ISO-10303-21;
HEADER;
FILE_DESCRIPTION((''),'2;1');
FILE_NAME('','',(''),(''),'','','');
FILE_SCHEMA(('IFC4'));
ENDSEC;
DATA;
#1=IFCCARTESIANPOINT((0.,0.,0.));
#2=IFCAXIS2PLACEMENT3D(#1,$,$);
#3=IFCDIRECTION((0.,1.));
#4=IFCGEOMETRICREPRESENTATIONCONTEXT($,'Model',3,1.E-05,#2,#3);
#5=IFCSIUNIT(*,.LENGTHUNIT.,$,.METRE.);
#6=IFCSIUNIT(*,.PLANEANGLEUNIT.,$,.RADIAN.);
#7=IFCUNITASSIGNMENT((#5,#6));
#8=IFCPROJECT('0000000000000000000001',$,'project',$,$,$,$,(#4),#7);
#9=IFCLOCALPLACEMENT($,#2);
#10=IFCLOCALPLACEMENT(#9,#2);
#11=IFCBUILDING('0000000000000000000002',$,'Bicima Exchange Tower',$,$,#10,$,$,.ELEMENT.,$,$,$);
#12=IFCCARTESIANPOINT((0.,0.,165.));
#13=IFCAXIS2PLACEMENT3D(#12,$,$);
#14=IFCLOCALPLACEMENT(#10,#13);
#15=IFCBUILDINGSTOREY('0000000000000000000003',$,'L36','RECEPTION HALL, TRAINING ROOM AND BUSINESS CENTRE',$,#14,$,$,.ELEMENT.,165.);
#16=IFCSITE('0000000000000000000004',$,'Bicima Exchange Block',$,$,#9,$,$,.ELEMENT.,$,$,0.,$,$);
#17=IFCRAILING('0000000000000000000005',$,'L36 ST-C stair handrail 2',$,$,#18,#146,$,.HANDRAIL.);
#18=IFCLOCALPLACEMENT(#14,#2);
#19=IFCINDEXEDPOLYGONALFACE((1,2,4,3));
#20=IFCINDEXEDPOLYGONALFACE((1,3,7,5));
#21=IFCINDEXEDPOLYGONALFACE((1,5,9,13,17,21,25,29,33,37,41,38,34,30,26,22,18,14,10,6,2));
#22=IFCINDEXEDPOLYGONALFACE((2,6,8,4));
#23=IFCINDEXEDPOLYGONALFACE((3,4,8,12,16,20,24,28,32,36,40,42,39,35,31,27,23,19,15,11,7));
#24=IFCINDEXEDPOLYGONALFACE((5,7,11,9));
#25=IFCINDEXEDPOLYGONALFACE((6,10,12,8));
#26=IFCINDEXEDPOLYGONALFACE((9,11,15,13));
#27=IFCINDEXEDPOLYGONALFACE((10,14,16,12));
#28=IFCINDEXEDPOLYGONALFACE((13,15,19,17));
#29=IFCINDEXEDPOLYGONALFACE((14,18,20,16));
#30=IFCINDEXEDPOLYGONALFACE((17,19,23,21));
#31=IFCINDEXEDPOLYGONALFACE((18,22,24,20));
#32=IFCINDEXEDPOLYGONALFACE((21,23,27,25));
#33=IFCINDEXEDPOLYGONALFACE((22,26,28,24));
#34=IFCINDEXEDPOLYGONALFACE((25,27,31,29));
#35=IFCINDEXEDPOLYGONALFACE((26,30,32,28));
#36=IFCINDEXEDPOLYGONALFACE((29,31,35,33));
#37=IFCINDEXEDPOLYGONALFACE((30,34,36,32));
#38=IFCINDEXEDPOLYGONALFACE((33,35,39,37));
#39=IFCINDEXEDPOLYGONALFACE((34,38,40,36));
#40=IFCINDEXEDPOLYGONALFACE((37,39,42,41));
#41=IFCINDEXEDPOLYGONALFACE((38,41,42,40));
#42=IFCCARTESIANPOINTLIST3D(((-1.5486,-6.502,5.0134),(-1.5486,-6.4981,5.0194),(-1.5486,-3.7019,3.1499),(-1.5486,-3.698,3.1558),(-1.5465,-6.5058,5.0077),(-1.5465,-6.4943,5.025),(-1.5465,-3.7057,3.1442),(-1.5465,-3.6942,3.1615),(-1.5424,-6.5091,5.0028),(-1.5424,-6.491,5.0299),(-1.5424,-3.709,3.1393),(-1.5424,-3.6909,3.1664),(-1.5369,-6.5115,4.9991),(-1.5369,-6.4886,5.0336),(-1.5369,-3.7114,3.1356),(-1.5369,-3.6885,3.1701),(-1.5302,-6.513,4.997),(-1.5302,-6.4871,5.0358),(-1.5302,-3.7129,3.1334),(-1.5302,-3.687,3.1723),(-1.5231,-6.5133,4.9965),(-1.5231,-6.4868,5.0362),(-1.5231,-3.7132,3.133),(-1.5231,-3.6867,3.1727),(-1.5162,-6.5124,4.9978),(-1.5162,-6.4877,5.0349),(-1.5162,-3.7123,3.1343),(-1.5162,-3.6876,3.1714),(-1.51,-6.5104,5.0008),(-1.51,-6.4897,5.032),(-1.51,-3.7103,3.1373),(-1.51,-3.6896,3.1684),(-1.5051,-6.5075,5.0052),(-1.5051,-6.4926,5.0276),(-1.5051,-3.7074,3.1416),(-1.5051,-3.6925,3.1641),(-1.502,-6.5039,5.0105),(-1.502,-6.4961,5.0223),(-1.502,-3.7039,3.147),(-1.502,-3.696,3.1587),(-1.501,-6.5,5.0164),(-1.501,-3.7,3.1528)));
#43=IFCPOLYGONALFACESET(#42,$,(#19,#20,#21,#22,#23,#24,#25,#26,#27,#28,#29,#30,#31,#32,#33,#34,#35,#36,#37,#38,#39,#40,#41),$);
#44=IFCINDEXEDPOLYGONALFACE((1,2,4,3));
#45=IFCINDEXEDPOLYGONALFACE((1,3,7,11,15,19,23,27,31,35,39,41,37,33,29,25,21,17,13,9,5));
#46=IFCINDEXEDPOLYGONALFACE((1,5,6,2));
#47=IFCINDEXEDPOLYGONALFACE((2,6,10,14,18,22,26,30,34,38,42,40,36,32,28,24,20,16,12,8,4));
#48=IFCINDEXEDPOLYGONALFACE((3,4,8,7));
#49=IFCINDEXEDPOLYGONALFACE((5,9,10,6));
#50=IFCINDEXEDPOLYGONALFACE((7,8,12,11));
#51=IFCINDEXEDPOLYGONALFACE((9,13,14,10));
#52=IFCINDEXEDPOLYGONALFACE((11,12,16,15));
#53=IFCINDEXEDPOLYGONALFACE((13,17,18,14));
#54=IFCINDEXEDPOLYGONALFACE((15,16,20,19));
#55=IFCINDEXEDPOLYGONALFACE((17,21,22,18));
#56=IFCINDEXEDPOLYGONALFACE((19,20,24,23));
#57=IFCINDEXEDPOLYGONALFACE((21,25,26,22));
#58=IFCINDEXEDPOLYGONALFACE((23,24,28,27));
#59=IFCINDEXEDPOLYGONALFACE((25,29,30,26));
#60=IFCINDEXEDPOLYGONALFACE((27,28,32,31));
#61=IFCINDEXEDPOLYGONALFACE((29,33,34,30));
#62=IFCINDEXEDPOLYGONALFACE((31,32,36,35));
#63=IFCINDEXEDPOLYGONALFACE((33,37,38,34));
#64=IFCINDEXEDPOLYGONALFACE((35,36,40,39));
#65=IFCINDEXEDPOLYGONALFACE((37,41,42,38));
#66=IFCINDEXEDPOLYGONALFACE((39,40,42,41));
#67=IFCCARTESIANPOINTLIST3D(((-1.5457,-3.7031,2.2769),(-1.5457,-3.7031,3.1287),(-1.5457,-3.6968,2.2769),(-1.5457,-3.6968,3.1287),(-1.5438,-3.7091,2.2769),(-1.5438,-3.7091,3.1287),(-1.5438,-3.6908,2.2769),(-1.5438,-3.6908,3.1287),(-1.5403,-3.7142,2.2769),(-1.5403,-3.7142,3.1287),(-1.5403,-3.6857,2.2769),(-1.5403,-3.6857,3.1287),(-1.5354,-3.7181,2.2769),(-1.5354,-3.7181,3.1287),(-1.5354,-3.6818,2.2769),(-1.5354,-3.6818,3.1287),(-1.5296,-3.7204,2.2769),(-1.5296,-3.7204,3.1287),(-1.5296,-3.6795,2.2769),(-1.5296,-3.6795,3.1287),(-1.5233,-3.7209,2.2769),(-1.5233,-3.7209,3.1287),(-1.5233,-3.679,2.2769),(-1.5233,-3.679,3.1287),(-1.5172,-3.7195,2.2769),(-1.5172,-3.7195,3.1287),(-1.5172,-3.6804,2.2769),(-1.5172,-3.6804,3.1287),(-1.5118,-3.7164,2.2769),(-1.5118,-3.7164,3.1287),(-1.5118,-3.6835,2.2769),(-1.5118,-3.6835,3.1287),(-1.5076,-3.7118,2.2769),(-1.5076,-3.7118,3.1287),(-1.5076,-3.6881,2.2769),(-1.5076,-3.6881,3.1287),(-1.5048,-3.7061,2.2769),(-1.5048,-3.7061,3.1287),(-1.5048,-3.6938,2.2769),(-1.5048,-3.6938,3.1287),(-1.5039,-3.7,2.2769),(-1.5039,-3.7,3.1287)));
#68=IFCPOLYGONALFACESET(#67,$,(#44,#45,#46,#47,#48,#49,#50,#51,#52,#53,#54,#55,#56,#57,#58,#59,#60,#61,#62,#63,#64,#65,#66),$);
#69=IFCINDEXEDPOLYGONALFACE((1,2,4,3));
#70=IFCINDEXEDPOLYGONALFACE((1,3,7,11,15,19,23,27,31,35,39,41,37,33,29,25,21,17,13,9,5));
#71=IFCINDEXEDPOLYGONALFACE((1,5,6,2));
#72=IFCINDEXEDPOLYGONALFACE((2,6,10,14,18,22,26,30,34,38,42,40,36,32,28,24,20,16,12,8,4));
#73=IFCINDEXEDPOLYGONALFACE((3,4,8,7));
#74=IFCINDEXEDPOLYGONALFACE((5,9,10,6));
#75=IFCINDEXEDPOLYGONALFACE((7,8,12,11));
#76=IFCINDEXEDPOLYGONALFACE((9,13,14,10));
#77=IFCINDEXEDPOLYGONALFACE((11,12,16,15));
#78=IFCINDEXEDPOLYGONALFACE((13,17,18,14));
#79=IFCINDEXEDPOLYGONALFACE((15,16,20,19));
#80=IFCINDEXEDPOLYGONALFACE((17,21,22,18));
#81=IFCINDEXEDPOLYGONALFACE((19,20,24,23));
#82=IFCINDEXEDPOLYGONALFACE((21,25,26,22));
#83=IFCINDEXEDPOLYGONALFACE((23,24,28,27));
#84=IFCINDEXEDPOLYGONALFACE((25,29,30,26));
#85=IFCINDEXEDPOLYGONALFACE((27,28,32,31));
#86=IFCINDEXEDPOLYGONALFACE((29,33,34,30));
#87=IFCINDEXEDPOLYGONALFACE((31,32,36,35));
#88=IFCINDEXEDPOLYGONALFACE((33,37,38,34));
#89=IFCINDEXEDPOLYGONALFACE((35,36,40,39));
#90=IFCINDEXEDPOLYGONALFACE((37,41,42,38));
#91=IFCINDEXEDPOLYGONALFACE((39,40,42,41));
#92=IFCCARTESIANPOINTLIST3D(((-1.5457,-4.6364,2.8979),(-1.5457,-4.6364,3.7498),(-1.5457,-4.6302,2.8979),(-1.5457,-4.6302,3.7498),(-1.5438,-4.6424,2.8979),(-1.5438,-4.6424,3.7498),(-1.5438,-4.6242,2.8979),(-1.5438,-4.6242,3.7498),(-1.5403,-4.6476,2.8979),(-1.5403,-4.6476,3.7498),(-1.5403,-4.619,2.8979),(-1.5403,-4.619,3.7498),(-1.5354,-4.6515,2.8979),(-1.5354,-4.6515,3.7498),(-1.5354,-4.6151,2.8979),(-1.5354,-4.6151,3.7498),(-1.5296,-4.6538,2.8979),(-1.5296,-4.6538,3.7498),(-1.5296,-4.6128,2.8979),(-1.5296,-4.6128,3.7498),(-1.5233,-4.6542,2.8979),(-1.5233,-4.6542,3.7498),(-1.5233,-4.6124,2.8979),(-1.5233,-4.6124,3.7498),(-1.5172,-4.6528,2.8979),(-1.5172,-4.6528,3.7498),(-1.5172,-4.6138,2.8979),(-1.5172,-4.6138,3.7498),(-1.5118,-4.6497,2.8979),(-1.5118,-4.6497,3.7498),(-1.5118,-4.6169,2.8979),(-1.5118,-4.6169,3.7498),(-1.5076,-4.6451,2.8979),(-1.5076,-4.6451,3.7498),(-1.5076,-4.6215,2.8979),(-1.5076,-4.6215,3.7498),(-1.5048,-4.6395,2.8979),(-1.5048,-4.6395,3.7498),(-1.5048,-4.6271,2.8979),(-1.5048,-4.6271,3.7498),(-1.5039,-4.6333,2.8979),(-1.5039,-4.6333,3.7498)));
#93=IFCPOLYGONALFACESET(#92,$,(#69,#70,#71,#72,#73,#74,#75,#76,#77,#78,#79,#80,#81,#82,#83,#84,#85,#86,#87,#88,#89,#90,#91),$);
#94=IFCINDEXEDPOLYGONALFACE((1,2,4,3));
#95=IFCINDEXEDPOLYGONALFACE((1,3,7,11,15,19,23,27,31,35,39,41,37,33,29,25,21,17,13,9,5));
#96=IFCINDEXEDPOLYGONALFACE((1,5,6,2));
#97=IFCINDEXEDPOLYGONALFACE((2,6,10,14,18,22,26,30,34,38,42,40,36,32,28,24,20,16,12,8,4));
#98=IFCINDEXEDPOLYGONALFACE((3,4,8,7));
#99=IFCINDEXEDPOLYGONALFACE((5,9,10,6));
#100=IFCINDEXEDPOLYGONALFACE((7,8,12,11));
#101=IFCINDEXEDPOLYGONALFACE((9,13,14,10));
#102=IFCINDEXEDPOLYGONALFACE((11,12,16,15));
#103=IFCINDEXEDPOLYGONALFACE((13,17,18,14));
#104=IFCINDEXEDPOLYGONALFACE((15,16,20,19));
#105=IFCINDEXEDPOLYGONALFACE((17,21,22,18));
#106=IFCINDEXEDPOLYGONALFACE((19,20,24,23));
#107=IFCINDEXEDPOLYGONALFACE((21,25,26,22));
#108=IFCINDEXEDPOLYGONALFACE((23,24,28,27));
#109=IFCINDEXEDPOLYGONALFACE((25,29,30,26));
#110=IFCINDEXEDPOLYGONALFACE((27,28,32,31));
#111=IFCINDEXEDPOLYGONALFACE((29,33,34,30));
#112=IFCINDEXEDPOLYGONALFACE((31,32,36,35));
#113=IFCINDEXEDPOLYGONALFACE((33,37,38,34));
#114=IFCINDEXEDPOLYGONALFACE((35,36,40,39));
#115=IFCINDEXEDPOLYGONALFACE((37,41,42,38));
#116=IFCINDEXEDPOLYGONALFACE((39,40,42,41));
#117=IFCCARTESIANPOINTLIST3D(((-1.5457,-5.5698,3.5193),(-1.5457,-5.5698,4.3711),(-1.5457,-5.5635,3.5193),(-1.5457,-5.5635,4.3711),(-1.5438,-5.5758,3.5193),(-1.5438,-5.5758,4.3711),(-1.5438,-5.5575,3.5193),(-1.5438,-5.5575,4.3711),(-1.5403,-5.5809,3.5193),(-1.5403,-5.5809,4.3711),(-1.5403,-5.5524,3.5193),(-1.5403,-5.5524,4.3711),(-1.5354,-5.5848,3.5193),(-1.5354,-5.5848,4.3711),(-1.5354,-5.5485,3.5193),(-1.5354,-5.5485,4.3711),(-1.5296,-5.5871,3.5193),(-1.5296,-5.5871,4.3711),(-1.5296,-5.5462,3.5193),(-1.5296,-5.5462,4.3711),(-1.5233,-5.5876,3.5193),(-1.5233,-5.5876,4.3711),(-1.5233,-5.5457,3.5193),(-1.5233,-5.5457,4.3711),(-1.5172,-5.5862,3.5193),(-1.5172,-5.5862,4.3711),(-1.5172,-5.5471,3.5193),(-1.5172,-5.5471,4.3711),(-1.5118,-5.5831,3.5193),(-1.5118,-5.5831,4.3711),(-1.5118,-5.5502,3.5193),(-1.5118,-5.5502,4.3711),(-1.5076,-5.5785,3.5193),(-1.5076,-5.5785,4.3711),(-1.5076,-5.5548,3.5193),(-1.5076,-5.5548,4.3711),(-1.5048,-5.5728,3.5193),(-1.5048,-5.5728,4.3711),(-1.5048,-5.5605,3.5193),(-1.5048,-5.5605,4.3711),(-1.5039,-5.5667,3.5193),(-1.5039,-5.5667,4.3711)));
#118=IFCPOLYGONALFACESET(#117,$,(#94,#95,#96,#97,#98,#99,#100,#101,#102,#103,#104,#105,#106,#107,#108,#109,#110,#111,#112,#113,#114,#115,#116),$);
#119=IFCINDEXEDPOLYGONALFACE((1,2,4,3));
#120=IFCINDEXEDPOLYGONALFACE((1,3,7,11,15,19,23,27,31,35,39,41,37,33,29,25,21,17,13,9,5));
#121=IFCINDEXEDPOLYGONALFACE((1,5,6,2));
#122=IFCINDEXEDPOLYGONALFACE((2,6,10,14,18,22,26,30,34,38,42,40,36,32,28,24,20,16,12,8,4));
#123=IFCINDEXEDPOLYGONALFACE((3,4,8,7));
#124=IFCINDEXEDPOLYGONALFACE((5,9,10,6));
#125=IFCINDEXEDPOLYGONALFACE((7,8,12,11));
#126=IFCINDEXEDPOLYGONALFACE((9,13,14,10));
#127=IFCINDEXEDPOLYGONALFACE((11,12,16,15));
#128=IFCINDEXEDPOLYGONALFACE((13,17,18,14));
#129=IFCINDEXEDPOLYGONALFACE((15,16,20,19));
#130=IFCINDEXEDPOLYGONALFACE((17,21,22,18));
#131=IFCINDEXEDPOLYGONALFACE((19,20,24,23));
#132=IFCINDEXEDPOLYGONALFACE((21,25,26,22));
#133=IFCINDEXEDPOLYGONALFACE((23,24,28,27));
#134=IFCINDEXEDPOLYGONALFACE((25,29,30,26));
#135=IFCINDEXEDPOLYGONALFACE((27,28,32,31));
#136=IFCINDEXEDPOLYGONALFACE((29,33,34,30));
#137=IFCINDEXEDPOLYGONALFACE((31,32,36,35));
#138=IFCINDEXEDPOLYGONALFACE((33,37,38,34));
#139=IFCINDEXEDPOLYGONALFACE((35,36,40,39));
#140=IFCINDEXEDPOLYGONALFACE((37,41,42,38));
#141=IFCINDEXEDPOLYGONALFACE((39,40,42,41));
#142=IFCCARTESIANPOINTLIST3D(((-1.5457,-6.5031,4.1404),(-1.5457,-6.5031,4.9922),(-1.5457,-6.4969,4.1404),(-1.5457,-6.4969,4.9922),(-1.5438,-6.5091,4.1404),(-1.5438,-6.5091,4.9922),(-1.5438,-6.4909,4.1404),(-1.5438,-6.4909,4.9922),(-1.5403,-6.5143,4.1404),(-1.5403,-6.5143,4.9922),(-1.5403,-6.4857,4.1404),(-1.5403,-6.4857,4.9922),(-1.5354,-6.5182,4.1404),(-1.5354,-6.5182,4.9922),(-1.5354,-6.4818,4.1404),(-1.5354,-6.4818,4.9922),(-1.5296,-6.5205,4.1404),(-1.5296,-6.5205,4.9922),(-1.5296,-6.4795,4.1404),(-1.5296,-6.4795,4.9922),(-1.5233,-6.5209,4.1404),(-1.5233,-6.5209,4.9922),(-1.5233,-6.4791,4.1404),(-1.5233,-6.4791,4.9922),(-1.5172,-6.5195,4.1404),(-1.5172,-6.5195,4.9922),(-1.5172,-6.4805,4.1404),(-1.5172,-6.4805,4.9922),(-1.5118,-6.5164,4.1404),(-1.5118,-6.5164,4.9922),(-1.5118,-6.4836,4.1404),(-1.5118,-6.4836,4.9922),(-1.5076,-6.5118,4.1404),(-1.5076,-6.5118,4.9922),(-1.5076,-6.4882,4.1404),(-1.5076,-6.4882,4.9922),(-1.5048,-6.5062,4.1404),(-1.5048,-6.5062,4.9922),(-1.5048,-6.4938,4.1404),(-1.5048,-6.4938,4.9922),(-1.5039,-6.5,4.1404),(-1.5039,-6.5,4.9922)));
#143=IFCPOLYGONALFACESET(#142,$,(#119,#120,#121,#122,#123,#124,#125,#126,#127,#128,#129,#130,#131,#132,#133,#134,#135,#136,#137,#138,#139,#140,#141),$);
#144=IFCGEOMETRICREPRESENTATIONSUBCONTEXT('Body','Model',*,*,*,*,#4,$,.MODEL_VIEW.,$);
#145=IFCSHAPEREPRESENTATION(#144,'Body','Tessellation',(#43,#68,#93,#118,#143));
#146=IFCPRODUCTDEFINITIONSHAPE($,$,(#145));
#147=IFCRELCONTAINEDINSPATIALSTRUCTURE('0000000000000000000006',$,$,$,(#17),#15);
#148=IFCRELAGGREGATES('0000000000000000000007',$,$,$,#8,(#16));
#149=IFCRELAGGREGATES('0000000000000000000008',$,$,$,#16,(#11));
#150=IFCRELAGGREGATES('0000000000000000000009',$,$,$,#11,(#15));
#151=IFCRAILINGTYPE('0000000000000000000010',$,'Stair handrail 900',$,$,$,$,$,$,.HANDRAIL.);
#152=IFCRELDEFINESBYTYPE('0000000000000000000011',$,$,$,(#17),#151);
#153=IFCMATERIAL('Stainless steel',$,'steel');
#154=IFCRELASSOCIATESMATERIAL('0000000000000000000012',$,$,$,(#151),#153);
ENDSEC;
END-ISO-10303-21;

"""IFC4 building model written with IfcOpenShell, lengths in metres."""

from ifc_helpers import new_model, si_unit, direction, frame, origin, origin_2d, place, context, subcontext, project, spatial, circle, extrude, material, type_object, element, save


model = new_model("IFC4")

# Units and contexts
model_context = context("Model", 3, precision=1e-05, world=origin(), true_north=direction((0.0, 1.0)))
body_context = subcontext(model_context, "Body", "Model", "MODEL_VIEW")
ifc_project = project(units=[si_unit("LENGTHUNIT", "METRE"), si_unit("PLANEANGLEUNIT", "RADIAN")], contexts=[model_context])

# Site, building, storey
site_placement = place(None, origin())
site = spatial("IfcSite", under=ifc_project, at=site_placement, Name="Bicima Exchange Block", CompositionType="ELEMENT", RefElevation=0.0)
building_placement = place(site_placement, origin())
building = spatial("IfcBuilding", under=site, at=building_placement, Name="Bicima Exchange Tower", CompositionType="ELEMENT")
storey_placement = place(building_placement, frame((0.0, 0.0, 165.0)))
storey = spatial("IfcBuildingStorey", under=building, at=storey_placement, Name="L36", Description="RECEPTION HALL, TRAINING ROOM AND BUSINESS CENTRE", CompositionType="ELEMENT", Elevation=165.0)

# Railing
ifc_material_1 = material(Name="Stainless steel", Category="steel")
railing_type = type_object("IfcRailingType", Name="Stair handrail 900", PredefinedType="HANDRAIL", material=ifc_material_1)
railing_placement = place(storey_placement, frame((-1.5249, -3.7, 2.2769)))
element("IfcRailing", 1, at=railing_placement, inside=storey, type_object=railing_type, Name="L36 ST-C stair handrail 2", PredefinedType="HANDRAIL", context=body_context, shape_type="SweptSolid", body=[
    extrude(circle(Radius=0.0239, at=origin_2d()), frame((0.0, 0.0, 0.876), z_axis=(0.0, -0.832486, 0.554047), x_axis=(1.0, 0.0, 0.0)), (0.0, 0.0, 1.0), 3.3635),
    extrude(circle(Radius=0.021, at=origin_2d()), origin(), (0.0, 0.0, 1.0), 0.8518),
    extrude(circle(Radius=0.021, at=origin_2d()), frame((0.0, -0.9333, 0.6211)), (0.0, 0.0, 1.0), 0.8518),
    extrude(circle(Radius=0.021, at=origin_2d()), frame((0.0, -1.8667, 1.2424)), (0.0, 0.0, 1.0), 0.8518),
    extrude(circle(Radius=0.021, at=origin_2d()), frame((0.0, -2.8, 1.8635)), (0.0, 0.0, 1.0), 0.8518),
])

save(model, "model.ifc")
